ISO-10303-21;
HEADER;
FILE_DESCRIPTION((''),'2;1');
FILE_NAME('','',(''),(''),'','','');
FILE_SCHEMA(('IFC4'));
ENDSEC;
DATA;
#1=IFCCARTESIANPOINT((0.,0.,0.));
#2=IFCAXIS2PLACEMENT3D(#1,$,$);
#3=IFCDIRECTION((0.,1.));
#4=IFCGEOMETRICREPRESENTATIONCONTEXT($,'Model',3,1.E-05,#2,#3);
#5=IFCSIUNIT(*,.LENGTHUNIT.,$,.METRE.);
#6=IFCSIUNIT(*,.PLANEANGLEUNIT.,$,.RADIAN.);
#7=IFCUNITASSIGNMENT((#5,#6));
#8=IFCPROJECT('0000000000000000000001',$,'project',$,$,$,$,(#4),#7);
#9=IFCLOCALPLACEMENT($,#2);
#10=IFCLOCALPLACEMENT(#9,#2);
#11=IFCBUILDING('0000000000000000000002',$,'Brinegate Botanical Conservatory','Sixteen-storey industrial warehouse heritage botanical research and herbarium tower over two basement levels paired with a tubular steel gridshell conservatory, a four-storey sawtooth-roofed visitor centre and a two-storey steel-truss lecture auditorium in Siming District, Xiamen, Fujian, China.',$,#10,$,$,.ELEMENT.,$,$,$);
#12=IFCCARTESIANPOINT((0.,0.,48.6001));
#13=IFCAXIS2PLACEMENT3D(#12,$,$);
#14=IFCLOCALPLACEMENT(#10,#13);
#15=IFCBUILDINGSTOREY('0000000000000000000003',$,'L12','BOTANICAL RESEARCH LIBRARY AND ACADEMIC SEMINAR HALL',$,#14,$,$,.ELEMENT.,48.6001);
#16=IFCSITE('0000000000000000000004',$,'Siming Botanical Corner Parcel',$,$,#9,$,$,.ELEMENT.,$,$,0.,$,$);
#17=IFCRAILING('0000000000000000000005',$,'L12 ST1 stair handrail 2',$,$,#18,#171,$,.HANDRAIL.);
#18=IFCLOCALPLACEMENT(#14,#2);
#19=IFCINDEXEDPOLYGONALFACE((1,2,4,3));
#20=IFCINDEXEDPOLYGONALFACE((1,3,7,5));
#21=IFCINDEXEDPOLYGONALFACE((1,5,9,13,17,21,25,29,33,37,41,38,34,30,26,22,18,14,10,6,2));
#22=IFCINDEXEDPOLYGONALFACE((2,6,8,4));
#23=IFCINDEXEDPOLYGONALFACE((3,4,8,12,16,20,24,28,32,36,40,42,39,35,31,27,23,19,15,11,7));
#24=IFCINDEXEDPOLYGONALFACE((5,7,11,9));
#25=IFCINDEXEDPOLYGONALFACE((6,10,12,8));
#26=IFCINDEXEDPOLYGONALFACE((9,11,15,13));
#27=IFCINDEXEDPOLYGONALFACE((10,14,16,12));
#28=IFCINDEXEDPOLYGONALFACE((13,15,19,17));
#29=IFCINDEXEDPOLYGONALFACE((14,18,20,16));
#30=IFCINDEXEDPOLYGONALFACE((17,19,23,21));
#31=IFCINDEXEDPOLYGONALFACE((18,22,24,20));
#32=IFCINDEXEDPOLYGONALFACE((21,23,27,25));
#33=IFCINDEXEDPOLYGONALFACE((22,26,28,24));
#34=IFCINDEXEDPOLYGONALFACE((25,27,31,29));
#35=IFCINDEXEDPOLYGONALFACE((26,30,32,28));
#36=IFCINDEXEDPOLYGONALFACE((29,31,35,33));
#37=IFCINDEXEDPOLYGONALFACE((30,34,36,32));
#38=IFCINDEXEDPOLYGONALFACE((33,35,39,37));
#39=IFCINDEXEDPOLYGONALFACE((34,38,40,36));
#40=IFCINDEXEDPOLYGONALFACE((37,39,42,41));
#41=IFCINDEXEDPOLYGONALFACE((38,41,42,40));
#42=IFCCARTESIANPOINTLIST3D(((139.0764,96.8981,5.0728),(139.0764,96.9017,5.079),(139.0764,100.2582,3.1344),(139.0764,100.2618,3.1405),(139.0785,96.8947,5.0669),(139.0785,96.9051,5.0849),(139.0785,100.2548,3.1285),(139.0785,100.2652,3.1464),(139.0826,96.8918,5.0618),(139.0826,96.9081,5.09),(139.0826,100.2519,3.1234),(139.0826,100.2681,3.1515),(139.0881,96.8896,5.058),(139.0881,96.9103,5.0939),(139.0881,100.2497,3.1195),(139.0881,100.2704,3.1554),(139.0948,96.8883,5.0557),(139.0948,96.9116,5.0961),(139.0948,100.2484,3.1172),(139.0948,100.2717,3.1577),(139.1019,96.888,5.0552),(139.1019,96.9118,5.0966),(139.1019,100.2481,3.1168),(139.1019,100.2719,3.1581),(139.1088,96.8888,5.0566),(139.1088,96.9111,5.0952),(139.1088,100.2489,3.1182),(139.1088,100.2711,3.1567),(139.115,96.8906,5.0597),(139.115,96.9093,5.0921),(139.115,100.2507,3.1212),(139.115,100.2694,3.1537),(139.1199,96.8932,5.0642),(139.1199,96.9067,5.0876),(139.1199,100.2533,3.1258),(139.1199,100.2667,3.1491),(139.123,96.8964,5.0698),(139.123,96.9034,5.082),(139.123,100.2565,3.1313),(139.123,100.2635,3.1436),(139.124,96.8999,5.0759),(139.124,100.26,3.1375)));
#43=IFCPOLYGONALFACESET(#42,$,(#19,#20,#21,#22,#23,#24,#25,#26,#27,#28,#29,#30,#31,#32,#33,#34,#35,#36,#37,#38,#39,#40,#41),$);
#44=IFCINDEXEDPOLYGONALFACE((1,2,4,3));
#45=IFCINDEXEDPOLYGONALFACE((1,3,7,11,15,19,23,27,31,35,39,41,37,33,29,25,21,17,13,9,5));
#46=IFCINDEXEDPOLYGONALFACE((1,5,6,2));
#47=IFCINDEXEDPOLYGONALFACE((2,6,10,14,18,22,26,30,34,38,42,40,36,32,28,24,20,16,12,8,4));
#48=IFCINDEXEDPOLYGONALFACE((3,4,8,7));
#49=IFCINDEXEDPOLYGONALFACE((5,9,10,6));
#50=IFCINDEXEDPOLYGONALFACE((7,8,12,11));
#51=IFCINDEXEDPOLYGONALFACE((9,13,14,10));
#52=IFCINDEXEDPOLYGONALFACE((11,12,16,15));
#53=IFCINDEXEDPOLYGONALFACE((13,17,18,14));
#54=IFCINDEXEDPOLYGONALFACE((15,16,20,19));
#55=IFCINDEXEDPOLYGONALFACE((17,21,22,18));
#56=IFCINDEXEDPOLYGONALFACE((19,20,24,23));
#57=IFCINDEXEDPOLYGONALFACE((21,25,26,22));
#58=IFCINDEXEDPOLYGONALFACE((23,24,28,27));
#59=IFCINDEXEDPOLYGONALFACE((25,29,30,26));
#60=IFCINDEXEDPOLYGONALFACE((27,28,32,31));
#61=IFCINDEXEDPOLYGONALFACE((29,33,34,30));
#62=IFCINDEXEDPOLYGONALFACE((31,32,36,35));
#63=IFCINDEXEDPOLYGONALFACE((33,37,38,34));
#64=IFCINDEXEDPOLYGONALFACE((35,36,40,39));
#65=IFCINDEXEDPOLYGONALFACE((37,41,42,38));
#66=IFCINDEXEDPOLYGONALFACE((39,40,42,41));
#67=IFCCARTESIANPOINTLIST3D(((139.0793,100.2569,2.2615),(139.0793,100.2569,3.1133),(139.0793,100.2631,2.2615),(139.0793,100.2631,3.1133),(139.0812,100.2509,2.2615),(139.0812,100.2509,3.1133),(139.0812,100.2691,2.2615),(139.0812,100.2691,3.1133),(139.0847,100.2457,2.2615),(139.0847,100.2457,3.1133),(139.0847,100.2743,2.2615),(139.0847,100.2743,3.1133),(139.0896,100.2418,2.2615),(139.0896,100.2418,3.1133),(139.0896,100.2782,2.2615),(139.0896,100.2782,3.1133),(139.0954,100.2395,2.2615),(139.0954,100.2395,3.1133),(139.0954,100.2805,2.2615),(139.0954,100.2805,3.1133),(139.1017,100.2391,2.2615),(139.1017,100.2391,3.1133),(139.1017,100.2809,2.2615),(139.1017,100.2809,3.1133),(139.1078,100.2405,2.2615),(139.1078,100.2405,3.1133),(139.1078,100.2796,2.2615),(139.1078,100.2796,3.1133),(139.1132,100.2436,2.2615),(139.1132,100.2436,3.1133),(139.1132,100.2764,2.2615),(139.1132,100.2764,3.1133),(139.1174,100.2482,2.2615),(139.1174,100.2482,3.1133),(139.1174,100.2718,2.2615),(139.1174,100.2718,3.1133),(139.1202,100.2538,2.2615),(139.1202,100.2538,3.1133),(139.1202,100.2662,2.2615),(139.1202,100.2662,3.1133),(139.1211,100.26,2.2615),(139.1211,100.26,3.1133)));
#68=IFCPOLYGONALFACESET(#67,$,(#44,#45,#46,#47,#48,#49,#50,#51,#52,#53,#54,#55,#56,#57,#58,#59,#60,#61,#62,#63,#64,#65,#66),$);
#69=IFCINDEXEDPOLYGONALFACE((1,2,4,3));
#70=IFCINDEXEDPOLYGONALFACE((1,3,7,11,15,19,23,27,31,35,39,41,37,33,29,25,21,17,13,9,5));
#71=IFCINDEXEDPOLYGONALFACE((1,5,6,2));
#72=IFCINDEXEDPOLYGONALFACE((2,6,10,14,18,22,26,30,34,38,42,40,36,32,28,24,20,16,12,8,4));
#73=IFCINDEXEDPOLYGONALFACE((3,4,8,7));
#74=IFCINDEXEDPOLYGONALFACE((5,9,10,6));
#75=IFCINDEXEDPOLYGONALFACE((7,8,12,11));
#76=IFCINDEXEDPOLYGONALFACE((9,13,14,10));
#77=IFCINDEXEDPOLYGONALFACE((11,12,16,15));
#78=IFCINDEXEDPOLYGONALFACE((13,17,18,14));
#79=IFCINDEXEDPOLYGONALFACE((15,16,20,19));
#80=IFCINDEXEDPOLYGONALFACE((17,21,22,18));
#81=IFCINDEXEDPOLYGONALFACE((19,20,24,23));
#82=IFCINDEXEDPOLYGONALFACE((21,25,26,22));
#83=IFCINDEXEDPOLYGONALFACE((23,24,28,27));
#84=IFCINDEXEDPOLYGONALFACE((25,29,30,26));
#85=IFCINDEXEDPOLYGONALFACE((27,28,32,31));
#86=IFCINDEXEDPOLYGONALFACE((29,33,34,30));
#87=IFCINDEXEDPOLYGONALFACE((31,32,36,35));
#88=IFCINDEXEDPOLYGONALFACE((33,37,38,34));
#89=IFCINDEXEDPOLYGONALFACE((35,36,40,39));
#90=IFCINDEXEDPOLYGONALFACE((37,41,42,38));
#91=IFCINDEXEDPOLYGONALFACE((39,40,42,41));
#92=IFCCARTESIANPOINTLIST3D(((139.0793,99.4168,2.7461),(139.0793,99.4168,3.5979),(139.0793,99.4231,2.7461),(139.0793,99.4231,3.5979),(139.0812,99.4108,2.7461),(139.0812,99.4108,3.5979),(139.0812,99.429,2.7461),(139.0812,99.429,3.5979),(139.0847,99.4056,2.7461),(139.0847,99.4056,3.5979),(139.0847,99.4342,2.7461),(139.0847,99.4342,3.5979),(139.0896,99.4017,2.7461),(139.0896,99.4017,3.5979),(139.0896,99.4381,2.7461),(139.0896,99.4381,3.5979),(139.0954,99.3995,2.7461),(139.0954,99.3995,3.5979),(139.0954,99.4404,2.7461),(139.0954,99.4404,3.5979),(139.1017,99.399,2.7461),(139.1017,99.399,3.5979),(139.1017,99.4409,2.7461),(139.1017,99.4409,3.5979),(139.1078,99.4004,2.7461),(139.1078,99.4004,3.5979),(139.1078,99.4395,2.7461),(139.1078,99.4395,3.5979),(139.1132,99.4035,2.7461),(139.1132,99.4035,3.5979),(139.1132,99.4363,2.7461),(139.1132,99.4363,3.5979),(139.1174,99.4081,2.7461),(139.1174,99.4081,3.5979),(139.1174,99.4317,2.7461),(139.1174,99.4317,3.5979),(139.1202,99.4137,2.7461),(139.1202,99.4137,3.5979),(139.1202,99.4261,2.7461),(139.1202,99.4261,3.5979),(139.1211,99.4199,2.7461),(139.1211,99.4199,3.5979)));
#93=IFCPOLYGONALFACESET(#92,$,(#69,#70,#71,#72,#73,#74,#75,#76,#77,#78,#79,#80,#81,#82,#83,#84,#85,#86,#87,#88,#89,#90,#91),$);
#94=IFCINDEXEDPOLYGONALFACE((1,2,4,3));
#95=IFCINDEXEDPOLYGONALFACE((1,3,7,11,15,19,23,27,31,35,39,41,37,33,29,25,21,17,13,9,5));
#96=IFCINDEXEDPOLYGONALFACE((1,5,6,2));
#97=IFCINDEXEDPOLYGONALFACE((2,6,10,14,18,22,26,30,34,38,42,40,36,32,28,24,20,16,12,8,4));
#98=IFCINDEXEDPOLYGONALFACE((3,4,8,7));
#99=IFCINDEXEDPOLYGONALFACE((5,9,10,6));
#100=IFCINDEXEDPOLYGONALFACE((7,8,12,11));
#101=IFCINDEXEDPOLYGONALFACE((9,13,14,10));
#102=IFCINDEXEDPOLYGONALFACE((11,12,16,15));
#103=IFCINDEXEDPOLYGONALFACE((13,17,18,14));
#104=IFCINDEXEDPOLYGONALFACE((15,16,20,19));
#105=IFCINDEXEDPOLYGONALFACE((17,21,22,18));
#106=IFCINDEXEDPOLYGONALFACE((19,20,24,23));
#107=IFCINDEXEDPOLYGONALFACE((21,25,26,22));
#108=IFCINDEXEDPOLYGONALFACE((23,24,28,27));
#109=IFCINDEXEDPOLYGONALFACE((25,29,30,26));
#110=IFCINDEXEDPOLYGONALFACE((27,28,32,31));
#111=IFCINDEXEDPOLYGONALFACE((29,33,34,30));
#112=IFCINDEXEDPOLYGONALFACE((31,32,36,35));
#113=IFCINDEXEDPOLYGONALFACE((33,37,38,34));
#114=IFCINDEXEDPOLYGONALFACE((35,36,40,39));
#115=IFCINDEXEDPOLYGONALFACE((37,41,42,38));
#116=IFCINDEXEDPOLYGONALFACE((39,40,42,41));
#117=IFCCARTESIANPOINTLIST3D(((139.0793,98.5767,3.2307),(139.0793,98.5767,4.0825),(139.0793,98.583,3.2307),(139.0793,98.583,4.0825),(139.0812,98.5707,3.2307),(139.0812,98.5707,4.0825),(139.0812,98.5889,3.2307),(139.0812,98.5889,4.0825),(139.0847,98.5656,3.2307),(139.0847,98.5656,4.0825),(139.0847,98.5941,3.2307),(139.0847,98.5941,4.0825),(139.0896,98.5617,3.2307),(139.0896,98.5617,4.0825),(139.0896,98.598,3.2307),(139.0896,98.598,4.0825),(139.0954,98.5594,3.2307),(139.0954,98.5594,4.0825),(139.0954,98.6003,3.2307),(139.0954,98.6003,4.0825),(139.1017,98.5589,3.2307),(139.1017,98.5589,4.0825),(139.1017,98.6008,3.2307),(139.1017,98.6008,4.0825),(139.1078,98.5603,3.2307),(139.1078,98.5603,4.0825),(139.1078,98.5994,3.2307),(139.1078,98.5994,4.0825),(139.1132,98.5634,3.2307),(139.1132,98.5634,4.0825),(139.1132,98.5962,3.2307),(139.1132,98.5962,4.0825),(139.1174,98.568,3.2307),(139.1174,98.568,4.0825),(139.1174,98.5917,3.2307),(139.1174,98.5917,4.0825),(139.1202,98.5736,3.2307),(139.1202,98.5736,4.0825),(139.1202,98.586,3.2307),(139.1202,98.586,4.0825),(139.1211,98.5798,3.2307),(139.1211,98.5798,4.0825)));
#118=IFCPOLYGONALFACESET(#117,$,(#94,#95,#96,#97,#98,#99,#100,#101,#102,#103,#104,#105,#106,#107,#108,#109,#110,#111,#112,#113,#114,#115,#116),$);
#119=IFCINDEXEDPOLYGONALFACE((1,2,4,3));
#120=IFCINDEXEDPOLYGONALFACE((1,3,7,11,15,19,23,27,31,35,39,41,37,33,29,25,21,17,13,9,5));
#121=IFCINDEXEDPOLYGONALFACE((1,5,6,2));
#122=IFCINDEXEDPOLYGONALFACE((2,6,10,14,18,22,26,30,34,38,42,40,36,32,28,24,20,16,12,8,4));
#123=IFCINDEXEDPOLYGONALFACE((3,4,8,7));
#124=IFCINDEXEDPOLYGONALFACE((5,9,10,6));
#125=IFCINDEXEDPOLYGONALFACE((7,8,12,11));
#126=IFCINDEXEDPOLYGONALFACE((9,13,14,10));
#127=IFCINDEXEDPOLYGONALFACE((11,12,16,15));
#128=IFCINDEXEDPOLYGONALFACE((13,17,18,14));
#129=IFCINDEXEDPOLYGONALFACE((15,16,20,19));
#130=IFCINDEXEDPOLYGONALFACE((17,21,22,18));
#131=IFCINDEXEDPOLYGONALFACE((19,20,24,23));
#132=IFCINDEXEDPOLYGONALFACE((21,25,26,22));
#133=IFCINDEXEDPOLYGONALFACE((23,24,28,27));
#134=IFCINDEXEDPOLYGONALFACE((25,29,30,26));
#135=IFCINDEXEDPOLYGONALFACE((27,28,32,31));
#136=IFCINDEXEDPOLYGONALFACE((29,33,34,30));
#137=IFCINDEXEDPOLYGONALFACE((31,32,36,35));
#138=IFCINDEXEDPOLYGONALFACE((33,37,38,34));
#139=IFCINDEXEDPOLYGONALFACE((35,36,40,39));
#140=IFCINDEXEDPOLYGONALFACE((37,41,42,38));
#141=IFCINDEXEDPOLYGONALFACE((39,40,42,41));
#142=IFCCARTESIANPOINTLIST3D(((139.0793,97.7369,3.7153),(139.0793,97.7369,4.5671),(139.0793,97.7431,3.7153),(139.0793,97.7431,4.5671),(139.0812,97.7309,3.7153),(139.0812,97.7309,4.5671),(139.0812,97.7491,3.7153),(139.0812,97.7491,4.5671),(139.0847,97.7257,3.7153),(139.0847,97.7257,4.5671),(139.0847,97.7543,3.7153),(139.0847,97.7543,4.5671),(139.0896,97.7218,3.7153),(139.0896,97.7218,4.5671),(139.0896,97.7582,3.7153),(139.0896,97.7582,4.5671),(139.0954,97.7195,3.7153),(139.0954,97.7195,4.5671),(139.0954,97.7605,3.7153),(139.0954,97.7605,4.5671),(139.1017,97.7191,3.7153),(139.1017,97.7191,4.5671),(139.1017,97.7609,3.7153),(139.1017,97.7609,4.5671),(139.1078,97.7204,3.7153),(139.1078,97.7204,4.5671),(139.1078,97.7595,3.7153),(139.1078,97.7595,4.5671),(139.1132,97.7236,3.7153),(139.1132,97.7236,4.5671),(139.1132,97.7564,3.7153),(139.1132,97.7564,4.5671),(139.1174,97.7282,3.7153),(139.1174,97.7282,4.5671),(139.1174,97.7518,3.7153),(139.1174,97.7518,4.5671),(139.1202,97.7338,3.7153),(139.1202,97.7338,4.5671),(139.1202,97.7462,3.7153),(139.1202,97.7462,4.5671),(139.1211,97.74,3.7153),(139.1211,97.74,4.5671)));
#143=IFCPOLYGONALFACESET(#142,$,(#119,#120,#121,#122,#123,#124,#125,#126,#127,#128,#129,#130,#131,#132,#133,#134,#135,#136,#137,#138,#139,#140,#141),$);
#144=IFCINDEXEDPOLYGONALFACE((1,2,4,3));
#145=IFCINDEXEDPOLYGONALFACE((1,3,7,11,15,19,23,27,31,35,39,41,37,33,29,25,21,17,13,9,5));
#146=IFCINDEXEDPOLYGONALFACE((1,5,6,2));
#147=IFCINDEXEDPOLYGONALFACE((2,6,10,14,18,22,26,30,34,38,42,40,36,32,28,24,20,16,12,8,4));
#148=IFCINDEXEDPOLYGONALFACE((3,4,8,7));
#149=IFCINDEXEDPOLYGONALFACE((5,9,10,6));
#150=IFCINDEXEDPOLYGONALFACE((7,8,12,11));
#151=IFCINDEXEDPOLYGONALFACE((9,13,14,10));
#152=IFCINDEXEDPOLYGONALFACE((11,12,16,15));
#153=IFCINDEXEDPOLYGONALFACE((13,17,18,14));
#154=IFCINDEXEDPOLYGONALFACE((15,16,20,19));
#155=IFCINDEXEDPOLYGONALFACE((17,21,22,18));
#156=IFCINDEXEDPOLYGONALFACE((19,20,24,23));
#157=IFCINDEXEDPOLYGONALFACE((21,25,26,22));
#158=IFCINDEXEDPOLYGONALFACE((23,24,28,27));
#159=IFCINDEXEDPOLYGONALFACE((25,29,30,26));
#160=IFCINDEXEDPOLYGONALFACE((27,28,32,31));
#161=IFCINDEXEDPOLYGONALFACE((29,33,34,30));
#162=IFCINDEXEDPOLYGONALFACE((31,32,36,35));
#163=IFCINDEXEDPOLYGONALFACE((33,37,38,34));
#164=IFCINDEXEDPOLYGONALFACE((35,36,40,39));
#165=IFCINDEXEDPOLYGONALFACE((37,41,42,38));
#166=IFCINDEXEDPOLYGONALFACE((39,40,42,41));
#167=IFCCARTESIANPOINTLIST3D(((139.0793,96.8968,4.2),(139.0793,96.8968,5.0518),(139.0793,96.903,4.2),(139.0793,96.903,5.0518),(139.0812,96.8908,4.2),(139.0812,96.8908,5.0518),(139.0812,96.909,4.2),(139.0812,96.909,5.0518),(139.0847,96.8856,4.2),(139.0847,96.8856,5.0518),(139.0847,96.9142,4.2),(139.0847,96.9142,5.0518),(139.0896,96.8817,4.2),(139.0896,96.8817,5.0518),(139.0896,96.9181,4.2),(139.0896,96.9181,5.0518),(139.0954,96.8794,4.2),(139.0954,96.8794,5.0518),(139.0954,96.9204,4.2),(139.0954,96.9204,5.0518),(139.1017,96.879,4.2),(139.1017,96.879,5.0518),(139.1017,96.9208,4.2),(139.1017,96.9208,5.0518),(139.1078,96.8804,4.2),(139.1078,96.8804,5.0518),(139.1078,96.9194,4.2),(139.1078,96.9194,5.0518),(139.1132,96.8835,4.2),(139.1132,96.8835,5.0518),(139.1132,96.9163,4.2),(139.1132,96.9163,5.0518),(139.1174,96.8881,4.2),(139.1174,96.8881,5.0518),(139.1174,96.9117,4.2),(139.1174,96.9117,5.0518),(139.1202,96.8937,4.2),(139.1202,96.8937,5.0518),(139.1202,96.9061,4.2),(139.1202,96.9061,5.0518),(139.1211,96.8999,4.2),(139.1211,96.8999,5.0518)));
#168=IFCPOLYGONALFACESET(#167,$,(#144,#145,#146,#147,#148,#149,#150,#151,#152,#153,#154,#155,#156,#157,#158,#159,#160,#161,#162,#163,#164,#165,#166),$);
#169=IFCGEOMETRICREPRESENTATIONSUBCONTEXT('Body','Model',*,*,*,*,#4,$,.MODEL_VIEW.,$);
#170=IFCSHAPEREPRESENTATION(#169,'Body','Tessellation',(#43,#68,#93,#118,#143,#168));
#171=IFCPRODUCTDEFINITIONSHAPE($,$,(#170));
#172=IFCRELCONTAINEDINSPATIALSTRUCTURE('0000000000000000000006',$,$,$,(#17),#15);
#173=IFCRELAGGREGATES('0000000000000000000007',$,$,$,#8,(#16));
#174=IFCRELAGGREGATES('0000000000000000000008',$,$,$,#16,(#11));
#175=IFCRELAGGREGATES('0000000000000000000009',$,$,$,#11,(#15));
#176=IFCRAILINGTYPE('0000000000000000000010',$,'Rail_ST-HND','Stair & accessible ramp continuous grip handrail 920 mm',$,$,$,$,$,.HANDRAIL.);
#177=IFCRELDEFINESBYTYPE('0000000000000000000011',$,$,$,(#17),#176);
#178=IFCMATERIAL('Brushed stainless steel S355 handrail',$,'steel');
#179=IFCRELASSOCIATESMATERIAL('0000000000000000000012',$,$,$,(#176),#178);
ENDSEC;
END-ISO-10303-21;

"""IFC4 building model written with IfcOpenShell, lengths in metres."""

from ifc_helpers import new_model, si_unit, direction, frame, origin, origin_2d, place, context, subcontext, project, spatial, circle, extrude, material, type_object, element, save


model = new_model("IFC4")

# Units and contexts
model_context = context("Model", 3, precision=1e-05, world=origin(), true_north=direction((0.0, 1.0)))
body_context = subcontext(model_context, "Body", "Model", "MODEL_VIEW")
ifc_project = project(units=[si_unit("LENGTHUNIT", "METRE"), si_unit("PLANEANGLEUNIT", "RADIAN")], contexts=[model_context])

# Site, building, storey
site_placement = place(None, origin())
site = spatial("IfcSite", under=ifc_project, at=site_placement, Name="Siming Botanical Corner Parcel", CompositionType="ELEMENT", RefElevation=0.0)
building_placement = place(site_placement, origin())
building = spatial("IfcBuilding", under=site, at=building_placement, Name="Brinegate Botanical Conservatory", Description="Sixteen-storey industrial warehouse heritage botanical research and herbarium tower over two basement levels paired with a tubular steel gridshell conservatory, a four-storey sawtooth-roofed visitor centre and a two-storey steel-truss lecture auditorium in Siming District, Xiamen, Fujian, China.", CompositionType="ELEMENT")
storey_placement = place(building_placement, frame((0.0, 0.0, 48.6001)))
storey = spatial("IfcBuildingStorey", under=building, at=storey_placement, Name="L12", Description="BOTANICAL RESEARCH LIBRARY AND ACADEMIC SEMINAR HALL", CompositionType="ELEMENT", Elevation=48.6001)

# Railing
ifc_material_1 = material(Name="Brushed stainless steel S355 handrail", Category="steel")
railing_type_1 = type_object("IfcRailingType", Name="Rail_ST-HND", Description="Stair & accessible ramp continuous grip handrail 920 mm", PredefinedType="HANDRAIL", material=ifc_material_1)
railing_1_placement = place(storey_placement, frame((139.1001, 100.26, 2.2615)))
element("IfcRailing", 1, at=railing_1_placement, inside=storey, type_object=railing_type_1, Name="L12 ST1 stair handrail 2", PredefinedType="HANDRAIL", context=body_context, shape_type="SweptSolid", body=[
    extrude(circle(Radius=0.0239, at=origin_2d()), frame((0.0, 0.0, 0.876), z_axis=(0.0, -0.866191, 0.499713), x_axis=(1.0, 0.0, 0.0)), (0.0, 0.0, 1.0), 3.8792),
    extrude(circle(Radius=0.021, at=origin_2d()), origin(), (0.0, 0.0, 1.0), 0.8518),
    extrude(circle(Radius=0.021, at=origin_2d()), frame((0.0, -0.8401, 0.4846)), (0.0, 0.0, 1.0), 0.8518),
    extrude(circle(Radius=0.021, at=origin_2d()), frame((0.0, -1.6802, 0.9692)), (0.0, 0.0, 1.0), 0.8518),
    extrude(circle(Radius=0.021, at=origin_2d()), frame((0.0, -2.52, 1.4539)), (0.0, 0.0, 1.0), 0.8518),
    extrude(circle(Radius=0.021, at=origin_2d()), frame((0.0, -3.3601, 1.9385)), (0.0, 0.0, 1.0), 0.8518),
])

save(model, "model.ifc")
